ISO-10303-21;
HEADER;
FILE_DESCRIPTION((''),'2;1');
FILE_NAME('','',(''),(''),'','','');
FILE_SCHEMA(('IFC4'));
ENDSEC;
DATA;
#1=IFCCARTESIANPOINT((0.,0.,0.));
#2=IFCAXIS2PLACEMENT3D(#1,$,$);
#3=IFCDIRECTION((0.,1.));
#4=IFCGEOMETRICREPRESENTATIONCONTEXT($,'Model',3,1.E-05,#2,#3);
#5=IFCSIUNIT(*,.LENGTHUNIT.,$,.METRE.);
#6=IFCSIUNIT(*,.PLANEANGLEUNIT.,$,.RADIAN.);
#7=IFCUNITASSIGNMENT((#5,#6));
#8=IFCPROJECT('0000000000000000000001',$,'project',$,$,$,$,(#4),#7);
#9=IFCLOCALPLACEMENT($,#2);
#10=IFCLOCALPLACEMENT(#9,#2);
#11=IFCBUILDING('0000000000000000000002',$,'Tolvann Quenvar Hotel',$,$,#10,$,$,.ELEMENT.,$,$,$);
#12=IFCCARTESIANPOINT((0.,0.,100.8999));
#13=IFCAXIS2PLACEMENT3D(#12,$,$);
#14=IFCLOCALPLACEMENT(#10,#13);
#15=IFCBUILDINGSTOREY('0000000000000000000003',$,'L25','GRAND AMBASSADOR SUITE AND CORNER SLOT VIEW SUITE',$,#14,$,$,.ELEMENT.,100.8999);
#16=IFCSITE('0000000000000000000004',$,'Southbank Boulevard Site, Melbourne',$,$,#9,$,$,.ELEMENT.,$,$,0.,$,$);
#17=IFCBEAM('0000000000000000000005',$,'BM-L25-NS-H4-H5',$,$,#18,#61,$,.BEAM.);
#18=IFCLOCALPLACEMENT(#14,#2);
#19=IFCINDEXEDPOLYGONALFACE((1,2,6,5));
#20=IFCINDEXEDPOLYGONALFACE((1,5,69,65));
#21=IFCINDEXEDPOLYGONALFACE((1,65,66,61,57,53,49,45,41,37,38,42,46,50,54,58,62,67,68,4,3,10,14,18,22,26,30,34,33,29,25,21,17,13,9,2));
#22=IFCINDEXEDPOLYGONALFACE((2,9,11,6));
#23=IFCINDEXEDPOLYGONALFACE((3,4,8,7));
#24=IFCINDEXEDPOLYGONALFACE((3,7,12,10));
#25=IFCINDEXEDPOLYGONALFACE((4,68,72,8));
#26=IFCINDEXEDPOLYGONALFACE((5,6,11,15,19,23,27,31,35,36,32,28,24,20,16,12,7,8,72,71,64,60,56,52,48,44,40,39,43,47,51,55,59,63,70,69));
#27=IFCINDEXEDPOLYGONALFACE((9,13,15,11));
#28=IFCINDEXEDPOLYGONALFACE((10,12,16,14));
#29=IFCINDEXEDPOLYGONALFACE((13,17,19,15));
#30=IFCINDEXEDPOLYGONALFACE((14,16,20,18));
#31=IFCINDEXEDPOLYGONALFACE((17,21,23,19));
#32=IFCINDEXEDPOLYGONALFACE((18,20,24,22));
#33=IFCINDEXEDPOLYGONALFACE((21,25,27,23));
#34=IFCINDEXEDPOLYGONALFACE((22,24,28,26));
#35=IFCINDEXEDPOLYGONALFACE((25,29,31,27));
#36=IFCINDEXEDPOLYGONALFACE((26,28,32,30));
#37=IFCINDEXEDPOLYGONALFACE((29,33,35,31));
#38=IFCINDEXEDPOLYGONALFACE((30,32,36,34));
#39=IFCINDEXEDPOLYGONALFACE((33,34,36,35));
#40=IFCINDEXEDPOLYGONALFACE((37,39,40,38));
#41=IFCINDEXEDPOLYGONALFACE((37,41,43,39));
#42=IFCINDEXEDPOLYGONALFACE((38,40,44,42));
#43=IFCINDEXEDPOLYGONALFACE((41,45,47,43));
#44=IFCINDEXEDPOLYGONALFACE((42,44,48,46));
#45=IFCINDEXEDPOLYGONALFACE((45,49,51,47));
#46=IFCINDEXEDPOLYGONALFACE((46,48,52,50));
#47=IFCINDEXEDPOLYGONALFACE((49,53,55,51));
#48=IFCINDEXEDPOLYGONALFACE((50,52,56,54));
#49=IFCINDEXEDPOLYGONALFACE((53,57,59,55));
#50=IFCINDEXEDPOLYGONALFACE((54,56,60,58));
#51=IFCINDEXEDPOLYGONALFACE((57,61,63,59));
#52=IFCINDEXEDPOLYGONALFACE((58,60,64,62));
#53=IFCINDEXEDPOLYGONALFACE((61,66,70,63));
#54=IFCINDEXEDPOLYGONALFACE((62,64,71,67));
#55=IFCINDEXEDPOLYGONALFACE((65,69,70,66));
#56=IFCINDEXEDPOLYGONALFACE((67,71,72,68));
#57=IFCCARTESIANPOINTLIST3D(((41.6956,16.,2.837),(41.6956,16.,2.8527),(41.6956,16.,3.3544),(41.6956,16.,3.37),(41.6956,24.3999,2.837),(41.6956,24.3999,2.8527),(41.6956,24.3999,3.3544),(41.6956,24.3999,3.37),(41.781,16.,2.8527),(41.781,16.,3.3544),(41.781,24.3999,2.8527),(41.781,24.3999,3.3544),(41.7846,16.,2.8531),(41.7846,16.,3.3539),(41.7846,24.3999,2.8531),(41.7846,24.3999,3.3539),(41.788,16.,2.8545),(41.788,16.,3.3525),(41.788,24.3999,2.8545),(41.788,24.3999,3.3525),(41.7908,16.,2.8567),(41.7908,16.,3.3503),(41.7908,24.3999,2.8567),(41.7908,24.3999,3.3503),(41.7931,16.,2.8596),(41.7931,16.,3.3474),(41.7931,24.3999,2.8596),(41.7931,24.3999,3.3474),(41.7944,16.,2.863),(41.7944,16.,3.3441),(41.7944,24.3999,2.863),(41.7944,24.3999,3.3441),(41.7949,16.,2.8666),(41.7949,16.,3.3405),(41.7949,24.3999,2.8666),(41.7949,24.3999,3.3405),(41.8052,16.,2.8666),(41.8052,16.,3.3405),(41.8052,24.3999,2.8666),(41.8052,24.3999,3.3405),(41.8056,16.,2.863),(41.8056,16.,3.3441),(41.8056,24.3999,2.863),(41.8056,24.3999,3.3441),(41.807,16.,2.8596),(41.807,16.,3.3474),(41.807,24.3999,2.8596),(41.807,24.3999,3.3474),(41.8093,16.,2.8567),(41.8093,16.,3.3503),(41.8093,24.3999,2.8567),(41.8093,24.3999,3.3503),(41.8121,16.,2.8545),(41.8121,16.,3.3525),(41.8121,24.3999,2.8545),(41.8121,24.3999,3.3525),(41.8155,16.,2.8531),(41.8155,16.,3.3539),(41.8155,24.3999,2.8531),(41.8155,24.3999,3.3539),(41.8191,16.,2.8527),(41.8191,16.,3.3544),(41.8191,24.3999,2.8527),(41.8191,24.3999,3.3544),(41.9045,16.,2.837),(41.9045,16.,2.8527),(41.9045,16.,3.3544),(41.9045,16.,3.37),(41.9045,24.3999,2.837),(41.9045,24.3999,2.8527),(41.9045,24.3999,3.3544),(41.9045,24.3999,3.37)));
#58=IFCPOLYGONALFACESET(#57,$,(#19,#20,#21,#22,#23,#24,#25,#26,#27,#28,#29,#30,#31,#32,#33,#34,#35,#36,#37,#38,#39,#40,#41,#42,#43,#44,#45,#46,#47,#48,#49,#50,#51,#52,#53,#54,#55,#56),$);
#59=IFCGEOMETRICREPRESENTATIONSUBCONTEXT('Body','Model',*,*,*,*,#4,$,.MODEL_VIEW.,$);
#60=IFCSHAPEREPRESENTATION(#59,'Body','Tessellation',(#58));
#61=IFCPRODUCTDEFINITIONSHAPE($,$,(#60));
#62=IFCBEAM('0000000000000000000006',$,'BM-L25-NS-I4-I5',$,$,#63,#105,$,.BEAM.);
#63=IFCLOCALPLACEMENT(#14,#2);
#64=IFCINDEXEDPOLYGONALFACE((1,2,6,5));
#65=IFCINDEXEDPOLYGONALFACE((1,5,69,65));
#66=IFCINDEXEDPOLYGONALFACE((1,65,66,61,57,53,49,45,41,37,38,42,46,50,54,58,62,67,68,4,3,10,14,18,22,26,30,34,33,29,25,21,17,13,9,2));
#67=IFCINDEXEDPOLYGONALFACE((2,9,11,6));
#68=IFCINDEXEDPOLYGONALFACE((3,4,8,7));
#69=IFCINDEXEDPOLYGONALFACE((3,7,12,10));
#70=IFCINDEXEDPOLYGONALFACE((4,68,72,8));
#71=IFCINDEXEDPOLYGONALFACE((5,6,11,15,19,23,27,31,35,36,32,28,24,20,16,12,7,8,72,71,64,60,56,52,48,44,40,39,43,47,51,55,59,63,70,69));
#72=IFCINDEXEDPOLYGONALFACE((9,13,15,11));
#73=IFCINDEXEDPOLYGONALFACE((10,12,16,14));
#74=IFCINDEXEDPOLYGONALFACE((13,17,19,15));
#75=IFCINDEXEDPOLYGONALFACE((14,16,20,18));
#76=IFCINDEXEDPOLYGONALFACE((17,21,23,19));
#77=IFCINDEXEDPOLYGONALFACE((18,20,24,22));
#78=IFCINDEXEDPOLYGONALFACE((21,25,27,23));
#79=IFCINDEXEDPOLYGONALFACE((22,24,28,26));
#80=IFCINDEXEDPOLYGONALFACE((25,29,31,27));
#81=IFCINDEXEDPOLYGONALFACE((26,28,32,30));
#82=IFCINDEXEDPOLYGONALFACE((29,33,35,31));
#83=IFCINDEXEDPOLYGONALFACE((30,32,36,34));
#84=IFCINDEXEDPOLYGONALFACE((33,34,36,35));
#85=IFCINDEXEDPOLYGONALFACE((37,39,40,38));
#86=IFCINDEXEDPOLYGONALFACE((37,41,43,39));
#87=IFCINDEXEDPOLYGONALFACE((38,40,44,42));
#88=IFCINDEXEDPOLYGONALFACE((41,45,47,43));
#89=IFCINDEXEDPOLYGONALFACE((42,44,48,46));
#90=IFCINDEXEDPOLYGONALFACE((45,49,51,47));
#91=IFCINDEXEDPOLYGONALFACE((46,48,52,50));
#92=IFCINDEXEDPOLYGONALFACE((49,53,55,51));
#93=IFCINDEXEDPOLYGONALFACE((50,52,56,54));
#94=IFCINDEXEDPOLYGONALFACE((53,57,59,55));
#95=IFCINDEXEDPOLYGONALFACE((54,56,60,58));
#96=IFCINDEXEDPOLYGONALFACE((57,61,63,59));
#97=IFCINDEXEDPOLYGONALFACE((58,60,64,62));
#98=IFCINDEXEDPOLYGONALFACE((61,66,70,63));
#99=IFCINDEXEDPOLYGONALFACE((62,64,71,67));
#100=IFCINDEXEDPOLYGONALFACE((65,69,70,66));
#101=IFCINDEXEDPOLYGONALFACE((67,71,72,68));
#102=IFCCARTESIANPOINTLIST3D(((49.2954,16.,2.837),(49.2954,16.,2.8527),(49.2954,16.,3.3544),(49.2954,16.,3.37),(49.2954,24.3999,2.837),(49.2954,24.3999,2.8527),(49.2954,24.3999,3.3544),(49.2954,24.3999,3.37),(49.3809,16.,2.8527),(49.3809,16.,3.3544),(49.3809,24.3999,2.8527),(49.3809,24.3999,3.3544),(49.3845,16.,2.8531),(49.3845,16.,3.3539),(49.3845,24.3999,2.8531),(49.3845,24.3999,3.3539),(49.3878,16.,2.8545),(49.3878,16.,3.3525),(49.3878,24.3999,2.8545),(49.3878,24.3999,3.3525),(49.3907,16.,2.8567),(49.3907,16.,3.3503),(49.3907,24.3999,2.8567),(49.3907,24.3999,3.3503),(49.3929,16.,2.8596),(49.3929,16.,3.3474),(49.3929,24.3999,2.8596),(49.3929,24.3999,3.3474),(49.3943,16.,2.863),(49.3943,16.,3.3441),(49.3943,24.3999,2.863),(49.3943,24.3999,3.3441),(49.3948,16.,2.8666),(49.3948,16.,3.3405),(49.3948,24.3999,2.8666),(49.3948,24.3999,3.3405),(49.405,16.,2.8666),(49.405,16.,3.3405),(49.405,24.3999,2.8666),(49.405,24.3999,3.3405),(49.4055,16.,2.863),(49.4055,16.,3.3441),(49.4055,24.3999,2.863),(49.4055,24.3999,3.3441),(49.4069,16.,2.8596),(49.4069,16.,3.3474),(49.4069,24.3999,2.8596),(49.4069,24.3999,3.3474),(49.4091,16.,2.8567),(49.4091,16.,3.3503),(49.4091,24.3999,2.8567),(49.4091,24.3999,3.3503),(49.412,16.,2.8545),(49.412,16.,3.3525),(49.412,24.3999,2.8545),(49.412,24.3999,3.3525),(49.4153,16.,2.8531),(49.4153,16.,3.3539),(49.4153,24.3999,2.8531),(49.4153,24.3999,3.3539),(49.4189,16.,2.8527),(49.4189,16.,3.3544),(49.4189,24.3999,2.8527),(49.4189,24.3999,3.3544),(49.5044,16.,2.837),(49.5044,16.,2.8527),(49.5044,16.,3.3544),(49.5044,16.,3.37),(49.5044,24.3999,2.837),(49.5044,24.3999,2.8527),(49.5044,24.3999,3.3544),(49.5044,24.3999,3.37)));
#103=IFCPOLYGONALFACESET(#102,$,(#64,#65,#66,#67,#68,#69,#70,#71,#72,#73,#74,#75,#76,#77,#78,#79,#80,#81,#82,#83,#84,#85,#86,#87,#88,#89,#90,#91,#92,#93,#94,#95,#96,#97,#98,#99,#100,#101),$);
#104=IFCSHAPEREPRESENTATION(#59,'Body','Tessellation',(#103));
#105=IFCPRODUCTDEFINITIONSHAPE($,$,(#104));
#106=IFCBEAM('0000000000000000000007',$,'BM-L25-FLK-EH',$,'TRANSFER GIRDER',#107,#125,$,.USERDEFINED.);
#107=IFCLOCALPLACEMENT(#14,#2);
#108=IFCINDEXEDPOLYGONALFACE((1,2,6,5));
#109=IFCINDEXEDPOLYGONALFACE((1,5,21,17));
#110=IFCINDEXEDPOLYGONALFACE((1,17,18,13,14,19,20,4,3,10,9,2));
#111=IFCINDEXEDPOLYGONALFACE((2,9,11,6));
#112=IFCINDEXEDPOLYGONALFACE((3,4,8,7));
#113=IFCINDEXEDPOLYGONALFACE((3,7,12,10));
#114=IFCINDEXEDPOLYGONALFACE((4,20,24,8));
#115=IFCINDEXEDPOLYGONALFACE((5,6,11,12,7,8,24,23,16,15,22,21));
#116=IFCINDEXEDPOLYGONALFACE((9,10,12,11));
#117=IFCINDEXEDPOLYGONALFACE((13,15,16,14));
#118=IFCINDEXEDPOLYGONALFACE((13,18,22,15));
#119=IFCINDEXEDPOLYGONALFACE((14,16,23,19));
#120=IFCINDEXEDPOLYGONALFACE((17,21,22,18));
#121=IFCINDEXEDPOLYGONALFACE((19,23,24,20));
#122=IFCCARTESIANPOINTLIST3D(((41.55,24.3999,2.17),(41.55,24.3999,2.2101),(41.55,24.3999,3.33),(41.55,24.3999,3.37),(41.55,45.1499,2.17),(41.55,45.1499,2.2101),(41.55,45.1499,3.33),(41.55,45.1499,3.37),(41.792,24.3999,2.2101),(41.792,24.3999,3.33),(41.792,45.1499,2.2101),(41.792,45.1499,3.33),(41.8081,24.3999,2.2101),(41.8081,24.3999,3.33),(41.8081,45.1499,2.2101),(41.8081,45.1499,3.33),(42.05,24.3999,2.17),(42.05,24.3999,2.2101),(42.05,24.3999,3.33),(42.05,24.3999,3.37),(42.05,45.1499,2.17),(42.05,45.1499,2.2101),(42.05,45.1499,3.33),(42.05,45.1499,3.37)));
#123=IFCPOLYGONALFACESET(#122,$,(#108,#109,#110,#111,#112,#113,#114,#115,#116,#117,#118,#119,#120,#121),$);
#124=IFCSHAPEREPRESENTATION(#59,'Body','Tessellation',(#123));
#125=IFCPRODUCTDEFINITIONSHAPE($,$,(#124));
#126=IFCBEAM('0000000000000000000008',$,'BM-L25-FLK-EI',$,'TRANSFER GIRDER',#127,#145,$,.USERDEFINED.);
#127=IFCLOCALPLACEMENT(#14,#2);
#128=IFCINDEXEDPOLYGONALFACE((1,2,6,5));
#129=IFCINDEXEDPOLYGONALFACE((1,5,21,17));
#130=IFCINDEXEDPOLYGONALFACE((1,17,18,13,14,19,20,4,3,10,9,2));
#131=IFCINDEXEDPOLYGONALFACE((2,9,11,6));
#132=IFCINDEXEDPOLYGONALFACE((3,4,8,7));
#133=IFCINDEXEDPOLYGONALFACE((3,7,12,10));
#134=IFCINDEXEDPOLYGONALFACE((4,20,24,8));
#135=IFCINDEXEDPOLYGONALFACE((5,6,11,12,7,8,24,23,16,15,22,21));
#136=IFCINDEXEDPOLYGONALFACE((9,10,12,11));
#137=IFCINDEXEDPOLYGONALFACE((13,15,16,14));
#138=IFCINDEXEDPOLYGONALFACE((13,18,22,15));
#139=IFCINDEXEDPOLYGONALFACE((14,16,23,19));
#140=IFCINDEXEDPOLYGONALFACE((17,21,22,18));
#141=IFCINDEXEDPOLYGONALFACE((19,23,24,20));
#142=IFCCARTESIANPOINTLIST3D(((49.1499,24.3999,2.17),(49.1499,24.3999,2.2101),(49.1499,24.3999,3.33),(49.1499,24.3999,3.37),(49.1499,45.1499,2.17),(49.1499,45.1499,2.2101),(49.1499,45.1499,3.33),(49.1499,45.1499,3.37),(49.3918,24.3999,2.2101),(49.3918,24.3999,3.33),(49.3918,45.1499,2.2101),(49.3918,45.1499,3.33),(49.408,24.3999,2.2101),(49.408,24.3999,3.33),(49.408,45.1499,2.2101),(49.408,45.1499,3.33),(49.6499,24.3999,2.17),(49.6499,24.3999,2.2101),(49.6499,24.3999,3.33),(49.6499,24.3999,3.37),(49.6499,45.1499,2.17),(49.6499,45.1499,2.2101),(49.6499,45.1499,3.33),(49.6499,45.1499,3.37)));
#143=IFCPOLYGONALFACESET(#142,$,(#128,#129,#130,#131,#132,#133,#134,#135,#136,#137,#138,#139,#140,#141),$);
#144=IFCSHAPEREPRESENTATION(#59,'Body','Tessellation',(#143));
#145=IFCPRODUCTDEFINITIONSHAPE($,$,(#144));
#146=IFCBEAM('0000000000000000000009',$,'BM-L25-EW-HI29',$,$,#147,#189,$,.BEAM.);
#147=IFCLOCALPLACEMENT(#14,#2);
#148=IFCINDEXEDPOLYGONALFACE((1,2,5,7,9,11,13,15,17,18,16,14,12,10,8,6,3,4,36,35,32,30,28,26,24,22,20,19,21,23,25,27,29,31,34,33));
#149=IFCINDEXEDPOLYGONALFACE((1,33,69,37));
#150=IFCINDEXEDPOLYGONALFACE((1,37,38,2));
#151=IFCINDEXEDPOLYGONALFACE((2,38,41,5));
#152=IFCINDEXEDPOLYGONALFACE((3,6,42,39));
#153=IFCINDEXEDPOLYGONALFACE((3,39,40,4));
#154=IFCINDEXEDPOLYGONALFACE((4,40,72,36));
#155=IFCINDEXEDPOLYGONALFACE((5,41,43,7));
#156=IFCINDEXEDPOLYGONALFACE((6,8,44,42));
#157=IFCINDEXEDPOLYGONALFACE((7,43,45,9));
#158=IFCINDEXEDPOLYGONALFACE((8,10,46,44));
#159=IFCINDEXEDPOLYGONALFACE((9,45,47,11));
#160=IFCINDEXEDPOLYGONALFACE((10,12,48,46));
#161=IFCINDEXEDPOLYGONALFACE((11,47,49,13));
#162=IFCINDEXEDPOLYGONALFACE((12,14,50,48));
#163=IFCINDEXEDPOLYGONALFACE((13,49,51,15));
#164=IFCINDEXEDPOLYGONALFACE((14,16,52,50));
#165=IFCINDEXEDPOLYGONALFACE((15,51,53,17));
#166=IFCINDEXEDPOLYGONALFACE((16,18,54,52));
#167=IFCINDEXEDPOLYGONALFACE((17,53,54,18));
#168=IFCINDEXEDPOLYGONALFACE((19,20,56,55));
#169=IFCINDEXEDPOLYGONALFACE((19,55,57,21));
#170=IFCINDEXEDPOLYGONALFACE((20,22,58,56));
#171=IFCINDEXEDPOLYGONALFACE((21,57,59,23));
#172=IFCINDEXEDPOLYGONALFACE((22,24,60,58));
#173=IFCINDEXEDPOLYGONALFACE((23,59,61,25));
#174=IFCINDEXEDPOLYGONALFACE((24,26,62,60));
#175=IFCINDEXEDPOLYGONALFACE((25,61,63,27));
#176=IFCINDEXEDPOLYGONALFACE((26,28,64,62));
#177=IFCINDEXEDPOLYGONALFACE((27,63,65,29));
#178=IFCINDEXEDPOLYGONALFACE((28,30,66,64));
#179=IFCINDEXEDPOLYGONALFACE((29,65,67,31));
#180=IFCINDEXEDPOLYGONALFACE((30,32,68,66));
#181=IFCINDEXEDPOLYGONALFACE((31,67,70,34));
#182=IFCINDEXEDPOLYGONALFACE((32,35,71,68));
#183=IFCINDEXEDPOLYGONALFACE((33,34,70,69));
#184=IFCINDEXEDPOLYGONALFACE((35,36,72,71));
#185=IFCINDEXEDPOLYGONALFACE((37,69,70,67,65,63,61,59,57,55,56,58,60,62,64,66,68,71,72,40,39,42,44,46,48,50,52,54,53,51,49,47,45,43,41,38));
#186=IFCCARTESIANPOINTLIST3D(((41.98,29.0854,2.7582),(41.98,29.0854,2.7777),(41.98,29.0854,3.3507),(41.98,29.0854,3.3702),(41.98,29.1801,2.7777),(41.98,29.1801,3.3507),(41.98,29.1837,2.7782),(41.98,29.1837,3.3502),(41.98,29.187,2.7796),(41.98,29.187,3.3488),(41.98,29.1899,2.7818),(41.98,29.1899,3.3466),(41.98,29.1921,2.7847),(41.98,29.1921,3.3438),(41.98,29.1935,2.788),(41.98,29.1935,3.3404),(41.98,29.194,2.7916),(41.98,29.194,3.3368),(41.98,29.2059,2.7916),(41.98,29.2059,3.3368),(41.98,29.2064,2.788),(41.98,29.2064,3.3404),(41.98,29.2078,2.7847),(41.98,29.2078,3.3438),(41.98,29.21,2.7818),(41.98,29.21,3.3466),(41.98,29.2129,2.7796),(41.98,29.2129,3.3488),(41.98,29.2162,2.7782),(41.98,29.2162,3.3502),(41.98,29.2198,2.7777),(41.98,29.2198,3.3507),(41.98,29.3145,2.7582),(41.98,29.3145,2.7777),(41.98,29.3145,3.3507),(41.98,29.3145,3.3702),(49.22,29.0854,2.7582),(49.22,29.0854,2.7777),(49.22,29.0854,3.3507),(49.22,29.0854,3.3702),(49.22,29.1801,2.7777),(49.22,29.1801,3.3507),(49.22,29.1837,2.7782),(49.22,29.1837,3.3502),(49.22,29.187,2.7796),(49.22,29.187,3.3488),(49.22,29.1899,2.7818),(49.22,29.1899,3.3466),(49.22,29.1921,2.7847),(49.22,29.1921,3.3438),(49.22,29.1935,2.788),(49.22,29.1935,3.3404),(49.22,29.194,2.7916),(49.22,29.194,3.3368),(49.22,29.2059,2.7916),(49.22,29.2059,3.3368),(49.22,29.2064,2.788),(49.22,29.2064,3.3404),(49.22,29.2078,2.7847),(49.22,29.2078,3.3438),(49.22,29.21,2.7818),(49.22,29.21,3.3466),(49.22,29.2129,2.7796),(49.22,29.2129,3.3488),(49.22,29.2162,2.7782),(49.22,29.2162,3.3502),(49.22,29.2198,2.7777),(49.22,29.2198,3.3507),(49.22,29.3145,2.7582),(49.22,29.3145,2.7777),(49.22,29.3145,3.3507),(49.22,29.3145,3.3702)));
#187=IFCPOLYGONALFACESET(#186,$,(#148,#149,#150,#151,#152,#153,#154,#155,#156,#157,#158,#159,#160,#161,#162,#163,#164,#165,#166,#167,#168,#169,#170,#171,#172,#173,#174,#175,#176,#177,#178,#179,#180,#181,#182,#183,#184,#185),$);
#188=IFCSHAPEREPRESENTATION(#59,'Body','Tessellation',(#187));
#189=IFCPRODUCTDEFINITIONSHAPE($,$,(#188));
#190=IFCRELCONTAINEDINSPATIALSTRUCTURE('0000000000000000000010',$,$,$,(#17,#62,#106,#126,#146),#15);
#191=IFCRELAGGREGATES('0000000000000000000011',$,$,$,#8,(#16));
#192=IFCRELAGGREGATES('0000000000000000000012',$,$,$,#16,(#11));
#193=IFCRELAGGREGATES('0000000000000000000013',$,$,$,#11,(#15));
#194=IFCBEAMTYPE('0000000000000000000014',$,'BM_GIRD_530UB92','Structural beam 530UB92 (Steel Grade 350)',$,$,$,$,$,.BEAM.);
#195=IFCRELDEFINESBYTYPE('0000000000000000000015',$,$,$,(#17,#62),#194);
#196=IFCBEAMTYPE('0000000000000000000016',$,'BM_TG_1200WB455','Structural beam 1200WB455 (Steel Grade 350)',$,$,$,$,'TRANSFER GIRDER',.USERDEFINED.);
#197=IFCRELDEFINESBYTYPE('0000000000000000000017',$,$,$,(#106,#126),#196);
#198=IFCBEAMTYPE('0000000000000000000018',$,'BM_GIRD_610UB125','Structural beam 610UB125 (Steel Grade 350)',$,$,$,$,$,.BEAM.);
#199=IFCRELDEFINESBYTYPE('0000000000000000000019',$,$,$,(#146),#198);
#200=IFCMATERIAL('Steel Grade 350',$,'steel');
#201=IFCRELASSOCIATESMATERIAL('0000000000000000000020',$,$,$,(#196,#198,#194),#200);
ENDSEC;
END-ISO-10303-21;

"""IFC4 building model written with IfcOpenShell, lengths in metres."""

from ifc_helpers import new_model, si_unit, direction, frame, origin, origin_2d, place, context, subcontext, project, spatial, i_section, extrude, source, transform, mapped, material, material_profile, profile_set, type_object, type_shapes, element, save


model = new_model("IFC4")

# Units and contexts
model_context = context("Model", 3, precision=1e-05, world=origin(), true_north=direction((0.0, 1.0)))
body_context = subcontext(model_context, "Body", "Model", "MODEL_VIEW")
ifc_project = project(units=[si_unit("LENGTHUNIT", "METRE"), si_unit("PLANEANGLEUNIT", "RADIAN")], contexts=[model_context])

# Site, building, storey
site_placement = place(None, origin())
site = spatial("IfcSite", under=ifc_project, at=site_placement, Name="Southbank Boulevard Site, Melbourne", CompositionType="ELEMENT", RefElevation=0.0)
building_placement = place(site_placement, origin())
building = spatial("IfcBuilding", under=site, at=building_placement, Name="Tolvann Quenvar Hotel", CompositionType="ELEMENT")
storey_placement = place(building_placement, frame((0.0, 0.0, 100.8999)))
storey = spatial("IfcBuildingStorey", under=building, at=storey_placement, Name="L25", Description="GRAND AMBASSADOR SUITE AND CORNER SLOT VIEW SUITE", CompositionType="ELEMENT", Elevation=100.8999)

# Shared definitions
ifc_material_1 = material(Name="Steel Grade 350", Category="steel")

# Beams
ifc_material_profile_1 = material_profile(ifc_material_1, i_section(OverallWidth=0.5, OverallDepth=1.2, WebThickness=0.0161, FlangeThickness=0.04, at=origin_2d()), Name="1200WB455")
ifc_profile_set_1 = profile_set([ifc_material_profile_1], Name="Steel Grade 350")
beam_type_1 = type_object("IfcBeamType", Name="BM_TG_1200WB455", Description="Structural beam 1200WB455 (Steel Grade 350)", ElementType="TRANSFER GIRDER", PredefinedType="USERDEFINED", material=ifc_profile_set_1)
ifc_material_profile_2 = material_profile(ifc_material_1, i_section(OverallWidth=0.229, OverallDepth=0.6121, WebThickness=0.012, FlangeThickness=0.0195, FilletRadius=0.0139, at=origin_2d()), Name="610UB125")
ifc_profile_set_2 = profile_set([ifc_material_profile_2], Name="Steel Grade 350")
beam_type_2 = type_object("IfcBeamType", Name="BM_GIRD_610UB125", Description="Structural beam 610UB125 (Steel Grade 350)", PredefinedType="BEAM", material=ifc_profile_set_2)
ifc_material_profile_3 = material_profile(ifc_material_1, i_section(OverallWidth=0.209, OverallDepth=0.533, WebThickness=0.0103, FlangeThickness=0.0156, FilletRadius=0.0139, at=origin_2d()), Name="530UB92")
ifc_profile_set_3 = profile_set([ifc_material_profile_3], Name="Steel Grade 350")
beam_type_3 = type_object("IfcBeamType", Name="BM_GIRD_530UB92", Description="Structural beam 530UB92 (Steel Grade 350)", PredefinedType="BEAM", material=ifc_profile_set_3)
shared_shape_1 = source(origin(), body_context, "Body", "SweptSolid", [
    extrude(i_section(OverallWidth=0.209, OverallDepth=0.533, WebThickness=0.0103, FlangeThickness=0.0156, FilletRadius=0.0139, at=origin_2d()), origin(), (0.0, 0.0, 1.0), 8.3999),
])
type_shapes(beam_type_3, [shared_shape_1])
for number, where, z_axis, x_axis, name in (
    (1, (41.8, 16.0, 3.1035), (0.0, 1.0, 0.0), (-1.0, 0.0, 0.0), "BM-L25-NS-H4-H5"),
    (2, (49.3999, 16.0, 3.1035), (0.0, 1.0, 0.0), (-1.0, 0.0, 0.0), "BM-L25-NS-I4-I5"),
):
    element("IfcBeam", number, at=place(storey_placement, frame(where, z_axis=z_axis, x_axis=x_axis)), inside=storey, type_object=beam_type_3, Name=name, PredefinedType="BEAM", context=body_context, shape_type="MappedRepresentation", body=[
        mapped(shared_shape_1, transform((0.0, 0.0, 0.0), x_axis=(1.0, 0.0, 0.0), y_axis=(0.0, 1.0, 0.0), z_axis=(0.0, 0.0, 1.0), scale=1.0)),
    ])
shared_shape_2 = source(origin(), body_context, "Body", "SweptSolid", [
    extrude(i_section(OverallWidth=0.5, OverallDepth=1.2, WebThickness=0.0161, FlangeThickness=0.04, at=origin_2d()), origin(), (0.0, 0.0, 1.0), 20.75),
])
for number, where, z_axis, x_axis, name in (
    (3, (41.8, 24.3999, 2.77), (0.0, 1.0, 0.0), (-1.0, 0.0, 0.0), "BM-L25-FLK-EH"),
    (4, (49.3999, 24.3999, 2.77), (0.0, 1.0, 0.0), (-1.0, 0.0, 0.0), "BM-L25-FLK-EI"),
):
    element("IfcBeam", number, at=place(storey_placement, frame(where, z_axis=z_axis, x_axis=x_axis)), inside=storey, type_object=beam_type_1, Name=name, ObjectType="TRANSFER GIRDER", PredefinedType="USERDEFINED", context=body_context, shape_type="MappedRepresentation", body=[
        mapped(shared_shape_2, transform((0.0, 0.0, 0.0), x_axis=(1.0, 0.0, 0.0), y_axis=(0.0, 1.0, 0.0), z_axis=(0.0, 0.0, 1.0), scale=1.0)),
    ])
shared_shape_3 = source(origin(), body_context, "Body", "SweptSolid", [
    extrude(i_section(OverallWidth=0.229, OverallDepth=0.6121, WebThickness=0.012, FlangeThickness=0.0195, FilletRadius=0.0139, at=origin_2d()), origin(), (0.0, 0.0, 1.0), 7.24),
])
beam_1_placement = place(storey_placement, frame((41.98, 29.2, 3.0642), z_axis=(1.0, 0.0, 0.0), x_axis=(0.0, 1.0, 0.0)))
element("IfcBeam", 5, at=beam_1_placement, inside=storey, type_object=beam_type_2, Name="BM-L25-EW-HI29", PredefinedType="BEAM", context=body_context, shape_type="MappedRepresentation", body=[
    mapped(shared_shape_3, transform((0.0, 0.0, 0.0), x_axis=(1.0, 0.0, 0.0), y_axis=(0.0, 1.0, 0.0), z_axis=(0.0, 0.0, 1.0), scale=1.0)),
])

save(model, "model.ifc")
